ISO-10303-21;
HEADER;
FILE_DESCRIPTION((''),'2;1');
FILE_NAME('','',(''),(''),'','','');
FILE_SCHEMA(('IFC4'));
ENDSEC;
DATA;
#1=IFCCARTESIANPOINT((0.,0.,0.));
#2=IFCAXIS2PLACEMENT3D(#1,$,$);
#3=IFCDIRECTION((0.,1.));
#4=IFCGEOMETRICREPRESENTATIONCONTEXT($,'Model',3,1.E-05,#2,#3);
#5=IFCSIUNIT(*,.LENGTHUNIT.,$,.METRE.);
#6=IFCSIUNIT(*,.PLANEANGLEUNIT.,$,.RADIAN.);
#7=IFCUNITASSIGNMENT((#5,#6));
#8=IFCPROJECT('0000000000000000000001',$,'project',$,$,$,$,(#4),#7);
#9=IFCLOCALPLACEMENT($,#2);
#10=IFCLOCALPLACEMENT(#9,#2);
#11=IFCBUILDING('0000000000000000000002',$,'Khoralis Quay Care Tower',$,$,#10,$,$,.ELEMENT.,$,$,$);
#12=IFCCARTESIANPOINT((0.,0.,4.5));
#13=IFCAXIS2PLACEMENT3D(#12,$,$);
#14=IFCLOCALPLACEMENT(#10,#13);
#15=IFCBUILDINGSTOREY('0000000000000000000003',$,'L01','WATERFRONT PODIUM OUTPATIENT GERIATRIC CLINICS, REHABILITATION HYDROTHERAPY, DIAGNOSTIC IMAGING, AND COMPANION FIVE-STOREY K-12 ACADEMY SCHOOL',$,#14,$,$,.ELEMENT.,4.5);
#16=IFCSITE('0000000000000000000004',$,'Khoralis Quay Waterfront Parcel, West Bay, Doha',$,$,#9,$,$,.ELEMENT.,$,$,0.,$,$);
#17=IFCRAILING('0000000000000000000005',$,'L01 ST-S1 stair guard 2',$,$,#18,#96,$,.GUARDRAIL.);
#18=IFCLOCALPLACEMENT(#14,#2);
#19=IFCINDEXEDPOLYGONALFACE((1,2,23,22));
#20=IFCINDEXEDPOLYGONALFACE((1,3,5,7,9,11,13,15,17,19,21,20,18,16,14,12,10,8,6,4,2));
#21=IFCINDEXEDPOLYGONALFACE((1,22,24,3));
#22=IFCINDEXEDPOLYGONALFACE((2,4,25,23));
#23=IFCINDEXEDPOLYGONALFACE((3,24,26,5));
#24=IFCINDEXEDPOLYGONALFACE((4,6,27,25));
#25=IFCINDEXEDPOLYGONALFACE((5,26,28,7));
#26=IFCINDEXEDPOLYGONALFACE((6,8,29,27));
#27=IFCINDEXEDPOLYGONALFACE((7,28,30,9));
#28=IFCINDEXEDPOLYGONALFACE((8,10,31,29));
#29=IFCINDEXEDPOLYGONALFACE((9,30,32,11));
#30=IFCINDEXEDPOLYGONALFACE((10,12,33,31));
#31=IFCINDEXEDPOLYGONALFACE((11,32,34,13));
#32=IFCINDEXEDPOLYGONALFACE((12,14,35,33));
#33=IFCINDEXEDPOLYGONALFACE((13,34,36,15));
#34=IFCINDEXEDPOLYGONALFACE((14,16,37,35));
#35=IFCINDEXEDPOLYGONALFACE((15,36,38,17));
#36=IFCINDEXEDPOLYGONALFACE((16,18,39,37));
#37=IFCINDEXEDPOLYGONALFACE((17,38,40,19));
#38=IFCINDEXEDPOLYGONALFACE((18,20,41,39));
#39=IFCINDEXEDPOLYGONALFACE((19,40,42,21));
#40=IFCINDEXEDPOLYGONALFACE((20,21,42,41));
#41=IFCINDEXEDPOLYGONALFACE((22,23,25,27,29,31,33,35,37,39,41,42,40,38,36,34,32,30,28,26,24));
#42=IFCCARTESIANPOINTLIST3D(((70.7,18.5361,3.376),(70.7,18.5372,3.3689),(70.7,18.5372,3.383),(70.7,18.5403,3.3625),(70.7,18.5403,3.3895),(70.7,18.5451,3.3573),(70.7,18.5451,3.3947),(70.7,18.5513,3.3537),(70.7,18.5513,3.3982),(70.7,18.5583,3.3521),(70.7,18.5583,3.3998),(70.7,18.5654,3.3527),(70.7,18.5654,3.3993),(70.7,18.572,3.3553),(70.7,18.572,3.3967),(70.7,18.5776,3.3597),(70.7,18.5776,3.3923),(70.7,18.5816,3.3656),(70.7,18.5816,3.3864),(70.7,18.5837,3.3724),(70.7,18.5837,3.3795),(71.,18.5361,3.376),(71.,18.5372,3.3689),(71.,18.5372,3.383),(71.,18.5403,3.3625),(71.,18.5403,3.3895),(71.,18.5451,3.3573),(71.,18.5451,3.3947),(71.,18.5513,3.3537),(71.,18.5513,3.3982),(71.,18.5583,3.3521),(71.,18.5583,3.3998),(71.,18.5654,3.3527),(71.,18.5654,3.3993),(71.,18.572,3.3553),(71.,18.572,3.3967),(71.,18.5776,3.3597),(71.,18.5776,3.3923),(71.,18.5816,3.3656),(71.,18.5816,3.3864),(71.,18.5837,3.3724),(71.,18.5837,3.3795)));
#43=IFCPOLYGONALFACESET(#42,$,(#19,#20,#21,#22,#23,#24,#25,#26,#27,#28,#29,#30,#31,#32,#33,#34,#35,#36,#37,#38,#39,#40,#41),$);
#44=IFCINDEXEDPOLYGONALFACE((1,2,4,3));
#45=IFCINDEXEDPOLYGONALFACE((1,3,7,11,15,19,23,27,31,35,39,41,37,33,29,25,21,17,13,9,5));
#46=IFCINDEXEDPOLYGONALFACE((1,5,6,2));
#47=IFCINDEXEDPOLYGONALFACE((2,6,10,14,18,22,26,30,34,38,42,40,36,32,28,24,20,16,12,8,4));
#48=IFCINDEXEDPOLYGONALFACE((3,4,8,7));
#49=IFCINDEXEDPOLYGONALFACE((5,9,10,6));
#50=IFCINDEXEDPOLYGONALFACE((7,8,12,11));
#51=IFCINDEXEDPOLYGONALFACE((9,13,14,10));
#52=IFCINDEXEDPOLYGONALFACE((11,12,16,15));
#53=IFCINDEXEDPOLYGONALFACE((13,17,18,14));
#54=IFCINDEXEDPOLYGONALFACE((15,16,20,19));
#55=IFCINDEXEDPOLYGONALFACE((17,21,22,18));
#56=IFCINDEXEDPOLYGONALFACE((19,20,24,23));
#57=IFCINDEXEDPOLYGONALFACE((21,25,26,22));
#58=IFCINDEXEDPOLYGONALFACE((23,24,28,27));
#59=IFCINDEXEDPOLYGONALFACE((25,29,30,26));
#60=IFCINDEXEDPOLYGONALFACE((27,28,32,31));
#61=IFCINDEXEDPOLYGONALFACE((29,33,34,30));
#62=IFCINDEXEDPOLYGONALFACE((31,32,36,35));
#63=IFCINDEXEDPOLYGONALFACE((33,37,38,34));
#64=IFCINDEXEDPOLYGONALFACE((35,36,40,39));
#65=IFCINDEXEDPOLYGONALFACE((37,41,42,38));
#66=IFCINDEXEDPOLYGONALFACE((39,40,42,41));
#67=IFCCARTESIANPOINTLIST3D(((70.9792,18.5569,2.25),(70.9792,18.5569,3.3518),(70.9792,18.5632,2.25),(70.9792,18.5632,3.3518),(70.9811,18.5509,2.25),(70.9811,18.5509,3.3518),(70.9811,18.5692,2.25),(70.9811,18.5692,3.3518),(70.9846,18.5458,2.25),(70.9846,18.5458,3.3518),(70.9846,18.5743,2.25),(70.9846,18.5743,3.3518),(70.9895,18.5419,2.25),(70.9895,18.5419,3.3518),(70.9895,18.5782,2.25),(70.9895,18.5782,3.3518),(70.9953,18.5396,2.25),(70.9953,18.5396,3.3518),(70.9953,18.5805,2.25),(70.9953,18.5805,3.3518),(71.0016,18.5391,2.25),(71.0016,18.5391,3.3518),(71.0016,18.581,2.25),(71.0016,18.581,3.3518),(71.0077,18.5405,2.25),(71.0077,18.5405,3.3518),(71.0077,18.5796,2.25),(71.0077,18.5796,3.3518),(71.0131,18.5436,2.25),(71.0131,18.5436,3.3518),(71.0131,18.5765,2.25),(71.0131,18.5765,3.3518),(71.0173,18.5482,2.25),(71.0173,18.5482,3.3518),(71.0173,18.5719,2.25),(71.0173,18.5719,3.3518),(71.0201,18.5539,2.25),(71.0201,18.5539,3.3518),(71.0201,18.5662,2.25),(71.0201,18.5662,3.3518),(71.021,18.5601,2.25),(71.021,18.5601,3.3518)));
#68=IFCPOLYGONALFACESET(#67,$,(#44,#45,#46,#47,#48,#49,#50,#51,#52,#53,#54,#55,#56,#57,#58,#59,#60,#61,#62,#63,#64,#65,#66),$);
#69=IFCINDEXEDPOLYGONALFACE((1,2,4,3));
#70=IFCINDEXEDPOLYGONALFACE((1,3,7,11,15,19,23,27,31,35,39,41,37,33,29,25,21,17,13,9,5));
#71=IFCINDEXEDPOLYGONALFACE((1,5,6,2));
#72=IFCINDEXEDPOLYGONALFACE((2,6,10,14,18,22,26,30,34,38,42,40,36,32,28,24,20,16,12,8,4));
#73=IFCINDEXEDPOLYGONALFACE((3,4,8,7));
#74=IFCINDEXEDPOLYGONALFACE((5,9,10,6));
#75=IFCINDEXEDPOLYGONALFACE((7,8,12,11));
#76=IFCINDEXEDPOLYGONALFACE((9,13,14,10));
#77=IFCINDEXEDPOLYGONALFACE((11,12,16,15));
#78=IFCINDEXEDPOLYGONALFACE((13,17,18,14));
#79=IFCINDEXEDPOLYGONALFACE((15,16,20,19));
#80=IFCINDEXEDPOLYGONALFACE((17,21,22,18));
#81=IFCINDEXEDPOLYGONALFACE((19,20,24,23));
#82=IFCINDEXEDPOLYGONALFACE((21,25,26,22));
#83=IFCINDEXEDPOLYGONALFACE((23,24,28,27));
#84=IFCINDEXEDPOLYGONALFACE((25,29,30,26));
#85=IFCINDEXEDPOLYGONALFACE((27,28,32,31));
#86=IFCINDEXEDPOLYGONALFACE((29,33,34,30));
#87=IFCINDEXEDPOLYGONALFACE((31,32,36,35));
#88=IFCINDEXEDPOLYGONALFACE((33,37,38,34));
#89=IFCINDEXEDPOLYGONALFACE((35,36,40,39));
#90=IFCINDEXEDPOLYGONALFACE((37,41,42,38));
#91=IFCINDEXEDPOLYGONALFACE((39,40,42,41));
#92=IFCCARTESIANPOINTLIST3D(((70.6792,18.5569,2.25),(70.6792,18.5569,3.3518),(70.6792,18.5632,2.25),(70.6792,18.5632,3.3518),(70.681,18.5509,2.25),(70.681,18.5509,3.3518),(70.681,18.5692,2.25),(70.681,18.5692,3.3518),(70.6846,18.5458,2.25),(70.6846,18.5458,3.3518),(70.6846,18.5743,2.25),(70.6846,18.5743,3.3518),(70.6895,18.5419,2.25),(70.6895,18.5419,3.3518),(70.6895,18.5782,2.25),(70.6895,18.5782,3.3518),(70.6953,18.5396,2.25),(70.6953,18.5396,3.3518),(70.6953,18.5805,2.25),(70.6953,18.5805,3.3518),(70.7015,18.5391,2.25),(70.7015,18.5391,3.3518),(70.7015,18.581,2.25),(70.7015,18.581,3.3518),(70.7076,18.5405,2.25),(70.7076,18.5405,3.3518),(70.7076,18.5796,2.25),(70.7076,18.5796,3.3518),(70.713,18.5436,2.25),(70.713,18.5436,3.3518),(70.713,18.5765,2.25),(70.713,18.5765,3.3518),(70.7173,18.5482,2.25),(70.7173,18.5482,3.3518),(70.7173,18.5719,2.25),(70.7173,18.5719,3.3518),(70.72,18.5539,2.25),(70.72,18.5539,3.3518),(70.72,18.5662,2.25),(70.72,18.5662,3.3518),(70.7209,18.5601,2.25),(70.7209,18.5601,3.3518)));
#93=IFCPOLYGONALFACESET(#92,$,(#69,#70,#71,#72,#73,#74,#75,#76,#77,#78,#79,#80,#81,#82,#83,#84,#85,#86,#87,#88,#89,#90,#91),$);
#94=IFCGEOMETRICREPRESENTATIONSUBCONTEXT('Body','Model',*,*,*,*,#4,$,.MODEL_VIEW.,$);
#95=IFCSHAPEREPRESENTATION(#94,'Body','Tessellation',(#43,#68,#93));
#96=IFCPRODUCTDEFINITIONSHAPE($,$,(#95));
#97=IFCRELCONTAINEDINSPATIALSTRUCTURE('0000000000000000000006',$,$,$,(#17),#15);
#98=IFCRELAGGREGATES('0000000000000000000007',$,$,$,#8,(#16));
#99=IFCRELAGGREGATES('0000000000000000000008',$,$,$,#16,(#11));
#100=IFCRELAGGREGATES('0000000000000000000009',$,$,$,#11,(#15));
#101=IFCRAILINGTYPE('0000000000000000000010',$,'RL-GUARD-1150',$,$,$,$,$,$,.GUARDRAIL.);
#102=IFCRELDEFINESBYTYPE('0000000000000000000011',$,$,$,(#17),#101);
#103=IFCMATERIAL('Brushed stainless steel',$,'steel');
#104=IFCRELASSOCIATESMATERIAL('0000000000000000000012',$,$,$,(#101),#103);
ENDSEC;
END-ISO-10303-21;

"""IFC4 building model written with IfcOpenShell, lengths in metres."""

from ifc_helpers import new_model, si_unit, direction, frame, origin, origin_2d, place, context, subcontext, project, spatial, circle, extrude, material, type_object, element, save


model = new_model("IFC4")

# Units and contexts
model_context = context("Model", 3, precision=1e-05, world=origin(), true_north=direction((0.0, 1.0)))
body_context = subcontext(model_context, "Body", "Model", "MODEL_VIEW")
ifc_project = project(units=[si_unit("LENGTHUNIT", "METRE"), si_unit("PLANEANGLEUNIT", "RADIAN")], contexts=[model_context])

# Site, building, storey
site_placement = place(None, origin())
site = spatial("IfcSite", under=ifc_project, at=site_placement, Name="Khoralis Quay Waterfront Parcel, West Bay, Doha", CompositionType="ELEMENT", RefElevation=0.0)
building_placement = place(site_placement, origin())
building = spatial("IfcBuilding", under=site, at=building_placement, Name="Khoralis Quay Care Tower", CompositionType="ELEMENT")
storey_placement = place(building_placement, frame((0.0, 0.0, 4.5)))
storey = spatial("IfcBuildingStorey", under=building, at=storey_placement, Name="L01", Description="WATERFRONT PODIUM OUTPATIENT GERIATRIC CLINICS, REHABILITATION HYDROTHERAPY, DIAGNOSTIC IMAGING, AND COMPANION FIVE-STOREY K-12 ACADEMY SCHOOL", CompositionType="ELEMENT", Elevation=4.5)

# Railing
ifc_material_1 = material(Name="Brushed stainless steel", Category="steel")
railing_type_1 = type_object("IfcRailingType", Name="RL-GUARD-1150", PredefinedType="GUARDRAIL", material=ifc_material_1)
railing_1_placement = place(storey_placement, frame((71.0, 18.5601, 2.25)))
element("IfcRailing", 1, at=railing_1_placement, inside=storey, type_object=railing_type_1, Name="L01 ST-S1 stair guard 2", PredefinedType="GUARDRAIL", context=body_context, shape_type="SweptSolid", body=[
    extrude(circle(Radius=0.0239, at=origin_2d()), frame((0.0, 0.0, 1.126), z_axis=(-1.0, 0.0, 0.0), x_axis=(0.0, -1.0, 0.0)), (0.0, 0.0, 1.0), 0.3),
    extrude(circle(Radius=0.021, at=origin_2d()), origin(), (0.0, 0.0, 1.0), 1.1018),
    extrude(circle(Radius=0.021, at=origin_2d()), frame((-0.3, 0.0, 0.0)), (0.0, 0.0, 1.0), 1.1018),
])

save(model, "model.ifc")
